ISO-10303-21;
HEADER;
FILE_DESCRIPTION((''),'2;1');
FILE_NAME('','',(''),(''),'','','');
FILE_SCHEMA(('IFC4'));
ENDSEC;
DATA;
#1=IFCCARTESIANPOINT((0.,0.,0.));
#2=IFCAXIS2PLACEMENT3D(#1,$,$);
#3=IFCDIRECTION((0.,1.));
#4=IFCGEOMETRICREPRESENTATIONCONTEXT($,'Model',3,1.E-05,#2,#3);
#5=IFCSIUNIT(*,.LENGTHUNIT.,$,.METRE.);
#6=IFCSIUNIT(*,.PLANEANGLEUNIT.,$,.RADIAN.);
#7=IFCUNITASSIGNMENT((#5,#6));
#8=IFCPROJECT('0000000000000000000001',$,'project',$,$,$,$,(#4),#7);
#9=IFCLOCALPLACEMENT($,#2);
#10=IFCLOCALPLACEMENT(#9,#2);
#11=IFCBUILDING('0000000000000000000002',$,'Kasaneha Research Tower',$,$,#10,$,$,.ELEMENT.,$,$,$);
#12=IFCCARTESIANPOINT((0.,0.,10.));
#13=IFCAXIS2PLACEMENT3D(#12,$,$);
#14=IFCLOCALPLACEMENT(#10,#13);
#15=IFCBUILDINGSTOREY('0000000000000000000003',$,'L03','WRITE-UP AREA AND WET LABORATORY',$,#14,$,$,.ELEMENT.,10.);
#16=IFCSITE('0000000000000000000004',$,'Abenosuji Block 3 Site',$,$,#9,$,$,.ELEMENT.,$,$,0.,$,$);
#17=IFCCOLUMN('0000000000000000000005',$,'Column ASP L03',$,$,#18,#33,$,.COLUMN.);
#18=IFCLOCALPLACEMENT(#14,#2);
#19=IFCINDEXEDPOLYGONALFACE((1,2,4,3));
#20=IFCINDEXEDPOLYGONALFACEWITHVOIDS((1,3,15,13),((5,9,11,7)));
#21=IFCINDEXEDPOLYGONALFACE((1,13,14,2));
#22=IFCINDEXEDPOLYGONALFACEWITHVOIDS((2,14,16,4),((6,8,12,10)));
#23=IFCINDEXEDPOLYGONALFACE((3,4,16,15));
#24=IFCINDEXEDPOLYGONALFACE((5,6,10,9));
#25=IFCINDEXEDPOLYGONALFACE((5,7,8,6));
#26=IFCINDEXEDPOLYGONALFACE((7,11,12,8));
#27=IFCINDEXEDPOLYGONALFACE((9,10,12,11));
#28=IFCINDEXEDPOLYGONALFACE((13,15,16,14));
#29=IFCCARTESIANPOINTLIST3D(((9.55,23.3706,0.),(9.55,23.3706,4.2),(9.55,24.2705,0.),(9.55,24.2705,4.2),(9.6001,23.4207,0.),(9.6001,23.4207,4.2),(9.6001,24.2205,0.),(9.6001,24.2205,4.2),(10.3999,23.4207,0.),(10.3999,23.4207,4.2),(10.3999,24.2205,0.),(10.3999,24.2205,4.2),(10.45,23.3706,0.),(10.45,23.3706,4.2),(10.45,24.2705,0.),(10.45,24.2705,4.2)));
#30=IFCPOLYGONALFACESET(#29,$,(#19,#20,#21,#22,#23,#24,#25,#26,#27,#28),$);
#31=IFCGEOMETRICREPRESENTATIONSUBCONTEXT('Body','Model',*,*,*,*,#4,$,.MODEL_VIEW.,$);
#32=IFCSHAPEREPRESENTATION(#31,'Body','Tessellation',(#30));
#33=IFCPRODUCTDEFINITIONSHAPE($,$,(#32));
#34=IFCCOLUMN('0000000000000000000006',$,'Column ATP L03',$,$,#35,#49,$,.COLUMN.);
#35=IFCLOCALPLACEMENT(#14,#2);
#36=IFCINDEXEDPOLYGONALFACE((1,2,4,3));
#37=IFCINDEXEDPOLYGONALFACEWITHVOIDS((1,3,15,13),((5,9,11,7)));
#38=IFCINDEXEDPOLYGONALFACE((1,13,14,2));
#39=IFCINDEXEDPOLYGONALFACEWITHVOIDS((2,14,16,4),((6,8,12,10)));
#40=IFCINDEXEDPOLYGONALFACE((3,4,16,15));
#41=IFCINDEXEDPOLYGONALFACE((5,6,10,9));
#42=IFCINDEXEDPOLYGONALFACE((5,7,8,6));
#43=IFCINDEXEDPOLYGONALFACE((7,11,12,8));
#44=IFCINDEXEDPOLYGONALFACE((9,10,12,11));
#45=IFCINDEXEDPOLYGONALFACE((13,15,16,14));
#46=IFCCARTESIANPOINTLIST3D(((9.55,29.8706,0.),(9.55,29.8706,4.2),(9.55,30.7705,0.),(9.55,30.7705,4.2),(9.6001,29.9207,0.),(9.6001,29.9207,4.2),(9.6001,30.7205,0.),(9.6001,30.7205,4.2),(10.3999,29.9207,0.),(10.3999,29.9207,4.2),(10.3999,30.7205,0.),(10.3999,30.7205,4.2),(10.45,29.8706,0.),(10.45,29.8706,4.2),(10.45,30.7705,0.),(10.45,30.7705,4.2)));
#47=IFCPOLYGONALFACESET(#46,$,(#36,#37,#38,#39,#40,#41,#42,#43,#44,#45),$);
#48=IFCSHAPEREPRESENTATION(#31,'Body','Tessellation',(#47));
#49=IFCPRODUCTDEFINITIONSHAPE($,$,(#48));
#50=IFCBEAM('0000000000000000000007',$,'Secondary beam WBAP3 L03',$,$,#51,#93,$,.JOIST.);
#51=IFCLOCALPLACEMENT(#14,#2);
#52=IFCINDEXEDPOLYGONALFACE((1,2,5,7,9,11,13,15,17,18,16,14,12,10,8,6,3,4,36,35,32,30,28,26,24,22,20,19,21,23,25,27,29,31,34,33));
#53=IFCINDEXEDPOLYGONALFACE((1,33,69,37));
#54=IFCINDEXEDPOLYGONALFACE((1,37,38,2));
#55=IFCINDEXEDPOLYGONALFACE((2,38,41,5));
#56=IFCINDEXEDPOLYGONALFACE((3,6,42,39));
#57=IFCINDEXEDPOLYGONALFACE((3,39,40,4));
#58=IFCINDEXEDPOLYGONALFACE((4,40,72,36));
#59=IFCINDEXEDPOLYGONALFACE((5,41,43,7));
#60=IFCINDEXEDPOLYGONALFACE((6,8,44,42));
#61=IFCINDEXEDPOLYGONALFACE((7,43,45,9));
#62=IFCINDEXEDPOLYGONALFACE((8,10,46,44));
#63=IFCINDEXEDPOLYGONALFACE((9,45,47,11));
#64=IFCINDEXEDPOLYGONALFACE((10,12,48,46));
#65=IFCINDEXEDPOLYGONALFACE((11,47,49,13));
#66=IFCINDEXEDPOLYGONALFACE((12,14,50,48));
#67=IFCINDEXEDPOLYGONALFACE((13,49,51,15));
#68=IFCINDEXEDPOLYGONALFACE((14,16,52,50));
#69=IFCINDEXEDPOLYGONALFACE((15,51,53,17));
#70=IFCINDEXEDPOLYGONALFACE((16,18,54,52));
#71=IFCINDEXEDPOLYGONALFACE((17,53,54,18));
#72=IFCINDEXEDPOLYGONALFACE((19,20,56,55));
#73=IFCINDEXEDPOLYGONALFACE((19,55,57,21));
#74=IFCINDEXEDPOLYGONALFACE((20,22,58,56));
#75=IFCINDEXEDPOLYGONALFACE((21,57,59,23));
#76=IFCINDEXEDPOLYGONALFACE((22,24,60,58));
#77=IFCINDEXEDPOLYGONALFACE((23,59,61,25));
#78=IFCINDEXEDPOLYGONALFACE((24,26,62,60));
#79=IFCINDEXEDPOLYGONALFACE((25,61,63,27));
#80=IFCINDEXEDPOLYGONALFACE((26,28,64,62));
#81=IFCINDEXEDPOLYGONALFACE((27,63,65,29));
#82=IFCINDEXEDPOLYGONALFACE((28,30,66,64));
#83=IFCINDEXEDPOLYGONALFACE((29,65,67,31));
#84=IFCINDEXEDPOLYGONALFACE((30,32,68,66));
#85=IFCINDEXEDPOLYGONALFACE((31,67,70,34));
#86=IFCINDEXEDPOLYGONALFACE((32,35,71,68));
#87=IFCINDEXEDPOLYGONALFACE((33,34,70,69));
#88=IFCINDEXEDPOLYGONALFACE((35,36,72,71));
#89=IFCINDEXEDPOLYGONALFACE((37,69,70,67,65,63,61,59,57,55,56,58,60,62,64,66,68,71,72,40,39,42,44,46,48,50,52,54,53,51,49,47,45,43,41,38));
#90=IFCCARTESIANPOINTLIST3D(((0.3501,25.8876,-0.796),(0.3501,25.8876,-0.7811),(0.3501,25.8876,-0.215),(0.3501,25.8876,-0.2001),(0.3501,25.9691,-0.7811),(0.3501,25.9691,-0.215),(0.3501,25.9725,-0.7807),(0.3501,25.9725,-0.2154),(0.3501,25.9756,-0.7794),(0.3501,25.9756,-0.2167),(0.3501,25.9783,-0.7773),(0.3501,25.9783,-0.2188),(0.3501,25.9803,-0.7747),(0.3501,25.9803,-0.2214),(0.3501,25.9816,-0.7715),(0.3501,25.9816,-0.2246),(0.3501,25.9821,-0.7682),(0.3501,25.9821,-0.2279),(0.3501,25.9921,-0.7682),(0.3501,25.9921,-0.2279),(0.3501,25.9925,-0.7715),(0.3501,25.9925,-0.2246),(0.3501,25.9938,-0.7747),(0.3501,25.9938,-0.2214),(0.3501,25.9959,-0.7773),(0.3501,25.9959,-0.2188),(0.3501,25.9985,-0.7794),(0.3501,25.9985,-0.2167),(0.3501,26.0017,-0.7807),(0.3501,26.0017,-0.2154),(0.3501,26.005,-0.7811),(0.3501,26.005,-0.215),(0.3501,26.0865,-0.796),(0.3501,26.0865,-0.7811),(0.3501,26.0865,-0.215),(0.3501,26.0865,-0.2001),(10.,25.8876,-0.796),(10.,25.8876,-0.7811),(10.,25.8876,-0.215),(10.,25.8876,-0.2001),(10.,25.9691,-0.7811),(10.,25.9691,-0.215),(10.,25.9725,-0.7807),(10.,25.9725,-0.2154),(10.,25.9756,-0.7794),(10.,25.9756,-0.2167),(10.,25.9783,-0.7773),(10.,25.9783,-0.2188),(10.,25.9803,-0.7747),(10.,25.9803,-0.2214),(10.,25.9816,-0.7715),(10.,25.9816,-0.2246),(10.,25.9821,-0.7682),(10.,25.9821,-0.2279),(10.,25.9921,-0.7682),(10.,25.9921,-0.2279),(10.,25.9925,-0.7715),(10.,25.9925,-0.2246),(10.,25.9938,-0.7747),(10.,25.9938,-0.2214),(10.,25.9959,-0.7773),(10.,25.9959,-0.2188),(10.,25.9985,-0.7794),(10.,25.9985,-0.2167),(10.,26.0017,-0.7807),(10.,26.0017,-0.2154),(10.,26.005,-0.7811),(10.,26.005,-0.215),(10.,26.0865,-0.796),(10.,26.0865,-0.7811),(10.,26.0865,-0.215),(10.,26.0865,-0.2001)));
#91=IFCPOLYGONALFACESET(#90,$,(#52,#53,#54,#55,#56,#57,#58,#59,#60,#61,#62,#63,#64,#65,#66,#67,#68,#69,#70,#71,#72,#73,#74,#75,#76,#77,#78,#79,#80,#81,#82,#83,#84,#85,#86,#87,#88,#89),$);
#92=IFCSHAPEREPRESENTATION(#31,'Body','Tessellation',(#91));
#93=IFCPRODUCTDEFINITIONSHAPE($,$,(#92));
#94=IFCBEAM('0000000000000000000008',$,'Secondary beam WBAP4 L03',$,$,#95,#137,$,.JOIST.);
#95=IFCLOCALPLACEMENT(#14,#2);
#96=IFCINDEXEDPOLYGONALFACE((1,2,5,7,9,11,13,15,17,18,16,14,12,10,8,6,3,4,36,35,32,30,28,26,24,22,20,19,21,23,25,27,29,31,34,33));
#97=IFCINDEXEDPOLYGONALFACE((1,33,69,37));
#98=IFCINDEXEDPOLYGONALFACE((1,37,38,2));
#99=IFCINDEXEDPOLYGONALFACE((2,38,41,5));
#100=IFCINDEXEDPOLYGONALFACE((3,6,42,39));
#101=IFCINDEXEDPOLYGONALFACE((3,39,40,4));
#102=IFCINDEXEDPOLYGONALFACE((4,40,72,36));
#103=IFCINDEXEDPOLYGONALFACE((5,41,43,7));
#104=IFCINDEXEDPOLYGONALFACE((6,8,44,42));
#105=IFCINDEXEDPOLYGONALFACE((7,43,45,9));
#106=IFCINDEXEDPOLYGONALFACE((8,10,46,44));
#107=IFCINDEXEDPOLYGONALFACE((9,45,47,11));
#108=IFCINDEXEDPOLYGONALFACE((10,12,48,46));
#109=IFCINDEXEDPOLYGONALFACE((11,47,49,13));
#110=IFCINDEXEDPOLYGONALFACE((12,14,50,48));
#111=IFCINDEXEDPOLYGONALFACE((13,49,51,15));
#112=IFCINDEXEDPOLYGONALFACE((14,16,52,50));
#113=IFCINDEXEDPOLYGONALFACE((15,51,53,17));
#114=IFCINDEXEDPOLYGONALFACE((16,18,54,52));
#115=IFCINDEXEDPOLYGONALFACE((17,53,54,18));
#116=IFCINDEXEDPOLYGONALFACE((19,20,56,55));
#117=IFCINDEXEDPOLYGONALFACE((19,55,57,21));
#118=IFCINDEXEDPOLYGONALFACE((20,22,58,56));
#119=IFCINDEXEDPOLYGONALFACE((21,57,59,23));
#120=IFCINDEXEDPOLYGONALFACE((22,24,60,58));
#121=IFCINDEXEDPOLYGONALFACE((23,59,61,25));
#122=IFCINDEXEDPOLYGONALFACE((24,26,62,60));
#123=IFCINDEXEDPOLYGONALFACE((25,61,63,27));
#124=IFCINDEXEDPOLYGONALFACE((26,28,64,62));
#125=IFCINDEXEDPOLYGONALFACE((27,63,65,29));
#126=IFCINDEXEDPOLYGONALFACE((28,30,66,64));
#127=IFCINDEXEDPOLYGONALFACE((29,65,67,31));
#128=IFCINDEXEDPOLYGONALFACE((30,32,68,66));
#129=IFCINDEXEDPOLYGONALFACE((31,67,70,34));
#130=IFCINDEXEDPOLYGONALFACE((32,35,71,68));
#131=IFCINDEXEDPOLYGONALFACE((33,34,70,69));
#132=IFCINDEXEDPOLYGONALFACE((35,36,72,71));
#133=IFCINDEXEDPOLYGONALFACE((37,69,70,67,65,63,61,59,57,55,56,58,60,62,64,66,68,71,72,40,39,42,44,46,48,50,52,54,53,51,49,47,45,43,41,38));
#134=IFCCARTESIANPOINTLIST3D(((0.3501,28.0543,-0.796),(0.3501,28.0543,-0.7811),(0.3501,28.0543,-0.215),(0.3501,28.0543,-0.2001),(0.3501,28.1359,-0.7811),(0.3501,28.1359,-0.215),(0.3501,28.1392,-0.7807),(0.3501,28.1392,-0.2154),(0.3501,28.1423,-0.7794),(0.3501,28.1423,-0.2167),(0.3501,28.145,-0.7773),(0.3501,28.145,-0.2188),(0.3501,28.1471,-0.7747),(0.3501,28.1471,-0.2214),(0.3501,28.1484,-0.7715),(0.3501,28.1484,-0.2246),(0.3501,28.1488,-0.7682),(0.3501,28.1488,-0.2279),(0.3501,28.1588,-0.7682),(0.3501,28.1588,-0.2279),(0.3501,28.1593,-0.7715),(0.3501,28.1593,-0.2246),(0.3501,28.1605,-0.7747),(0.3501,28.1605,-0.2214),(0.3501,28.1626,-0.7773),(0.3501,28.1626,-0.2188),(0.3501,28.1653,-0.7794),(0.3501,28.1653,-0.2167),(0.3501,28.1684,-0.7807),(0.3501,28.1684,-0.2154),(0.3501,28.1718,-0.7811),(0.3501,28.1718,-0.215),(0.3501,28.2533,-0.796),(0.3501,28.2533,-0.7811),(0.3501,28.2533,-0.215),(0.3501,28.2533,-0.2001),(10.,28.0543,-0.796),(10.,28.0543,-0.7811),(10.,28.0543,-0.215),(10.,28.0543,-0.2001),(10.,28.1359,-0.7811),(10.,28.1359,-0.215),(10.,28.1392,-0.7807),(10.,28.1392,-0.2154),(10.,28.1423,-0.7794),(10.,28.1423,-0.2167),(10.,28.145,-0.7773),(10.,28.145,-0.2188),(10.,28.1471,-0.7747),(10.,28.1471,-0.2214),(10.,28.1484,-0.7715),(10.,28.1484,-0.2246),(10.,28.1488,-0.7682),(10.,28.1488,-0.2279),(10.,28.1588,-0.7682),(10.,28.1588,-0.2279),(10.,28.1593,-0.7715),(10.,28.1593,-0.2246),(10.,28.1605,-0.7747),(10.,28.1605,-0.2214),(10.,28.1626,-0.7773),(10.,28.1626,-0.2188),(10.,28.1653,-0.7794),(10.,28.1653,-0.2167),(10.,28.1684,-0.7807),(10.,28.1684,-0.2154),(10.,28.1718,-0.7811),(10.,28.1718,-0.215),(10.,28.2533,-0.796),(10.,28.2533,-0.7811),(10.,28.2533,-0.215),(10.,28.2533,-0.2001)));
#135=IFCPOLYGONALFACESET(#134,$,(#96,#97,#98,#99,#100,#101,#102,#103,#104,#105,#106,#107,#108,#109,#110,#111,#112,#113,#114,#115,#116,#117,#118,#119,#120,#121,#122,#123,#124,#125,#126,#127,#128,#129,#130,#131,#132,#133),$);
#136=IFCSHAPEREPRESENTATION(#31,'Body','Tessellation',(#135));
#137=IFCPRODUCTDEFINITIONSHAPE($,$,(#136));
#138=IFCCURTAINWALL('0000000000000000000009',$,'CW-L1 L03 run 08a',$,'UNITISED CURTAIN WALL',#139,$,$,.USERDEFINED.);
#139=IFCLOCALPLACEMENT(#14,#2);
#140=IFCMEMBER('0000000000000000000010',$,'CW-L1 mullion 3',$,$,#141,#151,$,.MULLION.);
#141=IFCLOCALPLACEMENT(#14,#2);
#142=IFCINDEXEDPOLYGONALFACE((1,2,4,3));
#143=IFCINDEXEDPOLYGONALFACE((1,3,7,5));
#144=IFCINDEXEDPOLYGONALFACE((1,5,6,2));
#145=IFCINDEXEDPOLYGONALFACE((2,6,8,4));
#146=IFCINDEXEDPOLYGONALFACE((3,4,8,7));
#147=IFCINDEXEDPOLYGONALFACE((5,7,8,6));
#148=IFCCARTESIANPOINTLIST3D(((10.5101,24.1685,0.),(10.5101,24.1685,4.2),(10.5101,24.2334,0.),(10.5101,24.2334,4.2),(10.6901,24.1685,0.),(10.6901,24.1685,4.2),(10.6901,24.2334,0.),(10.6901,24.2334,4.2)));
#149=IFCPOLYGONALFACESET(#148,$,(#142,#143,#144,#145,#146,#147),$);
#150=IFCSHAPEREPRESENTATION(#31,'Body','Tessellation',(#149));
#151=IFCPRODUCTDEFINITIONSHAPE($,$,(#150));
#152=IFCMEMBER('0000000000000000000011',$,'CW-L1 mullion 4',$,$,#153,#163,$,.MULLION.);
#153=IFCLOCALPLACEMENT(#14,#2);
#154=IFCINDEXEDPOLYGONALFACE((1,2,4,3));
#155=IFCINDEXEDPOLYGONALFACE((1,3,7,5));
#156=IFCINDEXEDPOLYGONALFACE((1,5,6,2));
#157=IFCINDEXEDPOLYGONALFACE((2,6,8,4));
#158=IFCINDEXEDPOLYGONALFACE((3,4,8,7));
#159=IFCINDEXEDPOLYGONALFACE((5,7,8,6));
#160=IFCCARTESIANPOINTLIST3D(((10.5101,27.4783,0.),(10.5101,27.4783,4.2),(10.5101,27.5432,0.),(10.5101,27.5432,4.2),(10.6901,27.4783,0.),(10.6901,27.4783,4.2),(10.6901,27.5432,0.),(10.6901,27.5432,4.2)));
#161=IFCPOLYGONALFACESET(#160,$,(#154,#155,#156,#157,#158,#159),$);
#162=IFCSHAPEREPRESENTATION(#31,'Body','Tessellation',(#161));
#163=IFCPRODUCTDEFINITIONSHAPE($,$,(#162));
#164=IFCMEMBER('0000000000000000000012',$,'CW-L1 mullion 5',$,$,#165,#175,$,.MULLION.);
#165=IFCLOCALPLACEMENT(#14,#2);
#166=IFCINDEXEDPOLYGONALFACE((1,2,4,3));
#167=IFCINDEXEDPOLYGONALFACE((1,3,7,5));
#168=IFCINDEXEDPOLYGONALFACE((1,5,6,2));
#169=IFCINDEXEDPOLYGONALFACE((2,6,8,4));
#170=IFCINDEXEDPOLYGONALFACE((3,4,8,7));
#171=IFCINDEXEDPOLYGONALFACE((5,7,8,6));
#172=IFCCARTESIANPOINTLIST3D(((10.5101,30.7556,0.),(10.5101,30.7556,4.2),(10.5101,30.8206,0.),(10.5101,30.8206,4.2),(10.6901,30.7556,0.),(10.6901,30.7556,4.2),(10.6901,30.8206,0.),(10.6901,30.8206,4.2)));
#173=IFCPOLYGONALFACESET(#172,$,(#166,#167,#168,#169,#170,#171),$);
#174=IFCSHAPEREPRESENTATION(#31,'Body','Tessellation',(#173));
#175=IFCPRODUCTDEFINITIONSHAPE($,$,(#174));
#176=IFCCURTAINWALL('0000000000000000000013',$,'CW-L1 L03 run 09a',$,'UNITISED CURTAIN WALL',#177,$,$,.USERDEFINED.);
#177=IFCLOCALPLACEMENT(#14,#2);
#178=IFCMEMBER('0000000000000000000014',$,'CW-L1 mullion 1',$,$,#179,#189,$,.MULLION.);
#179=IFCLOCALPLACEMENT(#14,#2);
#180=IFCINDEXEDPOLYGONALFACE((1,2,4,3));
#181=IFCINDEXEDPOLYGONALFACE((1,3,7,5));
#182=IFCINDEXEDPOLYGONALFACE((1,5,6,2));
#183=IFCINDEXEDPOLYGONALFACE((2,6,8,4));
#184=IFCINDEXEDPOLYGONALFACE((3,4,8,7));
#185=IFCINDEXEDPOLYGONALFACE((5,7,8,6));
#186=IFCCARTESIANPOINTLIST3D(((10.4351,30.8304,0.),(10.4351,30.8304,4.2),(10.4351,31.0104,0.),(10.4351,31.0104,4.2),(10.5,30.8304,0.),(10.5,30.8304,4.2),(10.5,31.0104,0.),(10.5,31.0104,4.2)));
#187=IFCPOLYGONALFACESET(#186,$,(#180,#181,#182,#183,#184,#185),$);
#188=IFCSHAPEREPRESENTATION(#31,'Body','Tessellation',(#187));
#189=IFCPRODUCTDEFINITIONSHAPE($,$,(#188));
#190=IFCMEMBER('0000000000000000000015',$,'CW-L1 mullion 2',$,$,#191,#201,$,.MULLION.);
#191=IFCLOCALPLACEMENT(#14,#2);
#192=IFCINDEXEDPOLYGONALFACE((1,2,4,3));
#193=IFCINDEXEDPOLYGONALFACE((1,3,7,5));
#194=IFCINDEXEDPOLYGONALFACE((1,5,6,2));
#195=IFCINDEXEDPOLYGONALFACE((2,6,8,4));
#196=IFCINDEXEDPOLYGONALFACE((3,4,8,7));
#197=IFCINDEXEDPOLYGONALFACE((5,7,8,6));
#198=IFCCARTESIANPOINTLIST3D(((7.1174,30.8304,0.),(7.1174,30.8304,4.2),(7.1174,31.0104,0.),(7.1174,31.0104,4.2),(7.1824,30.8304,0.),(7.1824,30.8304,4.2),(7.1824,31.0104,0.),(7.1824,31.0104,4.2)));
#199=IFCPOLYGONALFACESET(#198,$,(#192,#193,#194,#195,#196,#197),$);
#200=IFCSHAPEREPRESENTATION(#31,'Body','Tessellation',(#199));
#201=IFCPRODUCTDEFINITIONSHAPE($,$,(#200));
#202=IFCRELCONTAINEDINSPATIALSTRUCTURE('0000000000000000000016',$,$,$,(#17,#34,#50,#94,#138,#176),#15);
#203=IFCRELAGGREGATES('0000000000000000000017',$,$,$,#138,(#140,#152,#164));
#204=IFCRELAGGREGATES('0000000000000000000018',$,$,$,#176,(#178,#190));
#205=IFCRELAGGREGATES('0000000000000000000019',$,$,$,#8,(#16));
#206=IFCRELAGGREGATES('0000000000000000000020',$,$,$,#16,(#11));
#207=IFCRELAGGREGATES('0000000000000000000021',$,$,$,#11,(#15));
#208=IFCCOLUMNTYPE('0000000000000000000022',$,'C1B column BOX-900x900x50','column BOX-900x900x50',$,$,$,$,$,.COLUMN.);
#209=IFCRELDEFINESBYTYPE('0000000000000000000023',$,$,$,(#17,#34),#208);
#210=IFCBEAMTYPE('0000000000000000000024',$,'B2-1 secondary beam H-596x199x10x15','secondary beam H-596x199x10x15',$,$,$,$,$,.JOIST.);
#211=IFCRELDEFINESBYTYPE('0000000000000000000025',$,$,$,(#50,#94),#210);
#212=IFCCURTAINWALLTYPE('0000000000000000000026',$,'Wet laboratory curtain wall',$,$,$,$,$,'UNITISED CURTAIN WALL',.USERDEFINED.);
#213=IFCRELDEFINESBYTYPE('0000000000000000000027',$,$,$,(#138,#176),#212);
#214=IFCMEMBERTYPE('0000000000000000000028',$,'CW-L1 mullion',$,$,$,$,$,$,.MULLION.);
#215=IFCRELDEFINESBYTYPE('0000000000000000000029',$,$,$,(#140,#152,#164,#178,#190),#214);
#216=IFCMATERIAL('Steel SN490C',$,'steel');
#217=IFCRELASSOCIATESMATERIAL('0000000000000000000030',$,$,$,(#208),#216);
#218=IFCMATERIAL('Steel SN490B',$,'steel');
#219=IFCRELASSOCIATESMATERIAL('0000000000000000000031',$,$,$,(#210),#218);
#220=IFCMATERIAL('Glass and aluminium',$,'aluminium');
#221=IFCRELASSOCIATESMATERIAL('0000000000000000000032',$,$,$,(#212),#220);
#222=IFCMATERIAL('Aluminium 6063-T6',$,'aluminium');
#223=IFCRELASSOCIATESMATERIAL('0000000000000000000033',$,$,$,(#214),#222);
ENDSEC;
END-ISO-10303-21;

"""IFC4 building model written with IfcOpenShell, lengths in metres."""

from ifc_helpers import new_model, si_unit, direction, frame, origin, origin_2d, place, context, subcontext, project, spatial, rectangle, hollow_rectangle, i_section, extrude, material, material_profile, profile_set, type_object, element, aggregate, save


model = new_model("IFC4")

# Units and contexts
model_context = context("Model", 3, precision=1e-05, world=origin(), true_north=direction((0.0, 1.0)))
body_context = subcontext(model_context, "Body", "Model", "MODEL_VIEW")
ifc_project = project(units=[si_unit("LENGTHUNIT", "METRE"), si_unit("PLANEANGLEUNIT", "RADIAN")], contexts=[model_context])

# Site, building, storey
site_placement = place(None, origin())
site = spatial("IfcSite", under=ifc_project, at=site_placement, Name="Abenosuji Block 3 Site", CompositionType="ELEMENT", RefElevation=0.0)
building_placement = place(site_placement, origin())
building = spatial("IfcBuilding", under=site, at=building_placement, Name="Kasaneha Research Tower", CompositionType="ELEMENT")
storey_placement = place(building_placement, frame((0.0, 0.0, 10.0)))
storey = spatial("IfcBuildingStorey", under=building, at=storey_placement, Name="L03", Description="WRITE-UP AREA AND WET LABORATORY", CompositionType="ELEMENT", Elevation=10.0)

# Columns
ifc_material_1 = material(Name="Steel SN490C", Category="steel")
ifc_material_profile_1 = material_profile(ifc_material_1, hollow_rectangle(XDim=0.8999, YDim=0.8999, WallThickness=0.05, at=origin_2d()), Name="BOX-900x900x50")
ifc_profile_set_1 = profile_set([ifc_material_profile_1], Name="Steel SN490C")
column_type = type_object("IfcColumnType", Name="C1B column BOX-900x900x50", Description="column BOX-900x900x50", PredefinedType="COLUMN", material=ifc_profile_set_1)
for number, where, z_axis, x_axis, name in (
    (1, (10.0, 23.8206, 0.0), (0.0, 0.0, 1.0), (1.0, 0.0, 0.0), "Column ASP L03"),
    (2, (10.0, 30.3206, 0.0), (0.0, 0.0, 1.0), (1.0, 0.0, 0.0), "Column ATP L03"),
):
    element("IfcColumn", number, at=place(storey_placement, frame(where, z_axis=z_axis, x_axis=x_axis)), inside=storey, type_object=column_type, Name=name, PredefinedType="COLUMN", context=body_context, shape_type="SweptSolid", body=[
        extrude(hollow_rectangle(XDim=0.8999, YDim=0.8999, WallThickness=0.05, at=origin_2d()), origin(), (0.0, 0.0, 1.0), 4.2),
    ])

# Beams
ifc_material_2 = material(Name="Steel SN490B", Category="steel")
ifc_material_profile_2 = material_profile(ifc_material_2, i_section(OverallWidth=0.199, OverallDepth=0.5959, WebThickness=0.01, FlangeThickness=0.0149, FilletRadius=0.0129, at=origin_2d()), Name="H-596x199x10x15")
ifc_profile_set_2 = profile_set([ifc_material_profile_2], Name="Steel SN490B")
beam_type_1 = type_object("IfcBeamType", Name="B2-1 secondary beam H-596x199x10x15", Description="secondary beam H-596x199x10x15", PredefinedType="JOIST", material=ifc_profile_set_2)
for number, where, z_axis, x_axis, name in (
    (3, (10.0, 25.9871, -0.498), (-1.0, 0.0, 0.0), (0.0, -1.0, 0.0), "Secondary beam WBAP3 L03"),
    (4, (10.0, 28.1538, -0.498), (-1.0, 0.0, 0.0), (0.0, -1.0, 0.0), "Secondary beam WBAP4 L03"),
):
    element("IfcBeam", number, at=place(storey_placement, frame(where, z_axis=z_axis, x_axis=x_axis)), inside=storey, type_object=beam_type_1, Name=name, PredefinedType="JOIST", context=body_context, shape_type="SweptSolid", body=[
        extrude(i_section(OverallWidth=0.199, OverallDepth=0.5959, WebThickness=0.01, FlangeThickness=0.0149, FilletRadius=0.0129, at=origin_2d()), origin(), (0.0, 0.0, 1.0), 9.6499),
    ])

# Curtain walls, members
ifc_material_3 = material(Name="Glass and aluminium", Category="aluminium")
curtain_wall_type = type_object("IfcCurtainWallType", Name="Wet laboratory curtain wall", ElementType="UNITISED CURTAIN WALL", PredefinedType="USERDEFINED", material=ifc_material_3)
curtain_wall_1_placement = place(storey_placement, origin())
curtain_wall_1 = element("IfcCurtainWall", 5, at=curtain_wall_1_placement, inside=storey, type_object=curtain_wall_type, Name="CW-L1 L03 run 08a", ObjectType="UNITISED CURTAIN WALL", PredefinedType="USERDEFINED")
ifc_material_4 = material(Name="Aluminium 6063-T6", Category="aluminium")
ifc_material_profile_3 = material_profile(ifc_material_4, rectangle(XDim=0.0649, YDim=0.1799, at=origin_2d()), Name="CW-L1 mullion 65x180")
ifc_profile_set_3 = profile_set([ifc_material_profile_3], Name="Aluminium 6063-T6")
member_type_1 = type_object("IfcMemberType", Name="CW-L1 mullion", PredefinedType="MULLION", material=ifc_profile_set_3)
member_1_placement = place(storey_placement, frame((10.6001, 24.2009, 0.0), z_axis=(0.0, 0.0, 1.0), x_axis=(0.0, 1.0, 0.0)))
member_1 = element("IfcMember", 6, at=member_1_placement, type_object=member_type_1, Name="CW-L1 mullion 3", PredefinedType="MULLION", context=body_context, shape_type="SweptSolid", body=[
    extrude(rectangle(XDim=0.0649, YDim=0.1799, at=origin_2d()), origin(), (0.0, 0.0, 1.0), 4.2),
])
member_2_placement = place(storey_placement, frame((10.6001, 27.5107, 0.0), z_axis=(0.0, 0.0, 1.0), x_axis=(0.0, 1.0, 0.0)))
member_2 = element("IfcMember", 7, at=member_2_placement, type_object=member_type_1, Name="CW-L1 mullion 4", PredefinedType="MULLION", context=body_context, shape_type="SweptSolid", body=[
    extrude(rectangle(XDim=0.0649, YDim=0.1799, at=origin_2d()), origin(), (0.0, 0.0, 1.0), 4.2),
])
member_3_placement = place(storey_placement, frame((10.6001, 30.7881, 0.0), z_axis=(0.0, 0.0, 1.0), x_axis=(0.0, 1.0, 0.0)))
member_3 = element("IfcMember", 8, at=member_3_placement, type_object=member_type_1, Name="CW-L1 mullion 5", PredefinedType="MULLION", context=body_context, shape_type="SweptSolid", body=[
    extrude(rectangle(XDim=0.0649, YDim=0.1799, at=origin_2d()), origin(), (0.0, 0.0, 1.0), 4.2),
])
curtain_wall_2_placement = place(storey_placement, origin())
curtain_wall_2 = element("IfcCurtainWall", 9, at=curtain_wall_2_placement, inside=storey, type_object=curtain_wall_type, Name="CW-L1 L03 run 09a", ObjectType="UNITISED CURTAIN WALL", PredefinedType="USERDEFINED")
member_4_placement = place(storey_placement, frame((10.4675, 30.9204, 0.0), z_axis=(0.0, 0.0, 1.0), x_axis=(-1.0, 0.0, 0.0)))
member_4 = element("IfcMember", 10, at=member_4_placement, type_object=member_type_1, Name="CW-L1 mullion 1", PredefinedType="MULLION", context=body_context, shape_type="SweptSolid", body=[
    extrude(rectangle(XDim=0.0649, YDim=0.1799, at=origin_2d()), origin(), (0.0, 0.0, 1.0), 4.2),
])
member_5_placement = place(storey_placement, frame((7.1499, 30.9204, 0.0), z_axis=(0.0, 0.0, 1.0), x_axis=(-1.0, 0.0, 0.0)))
member_5 = element("IfcMember", 11, at=member_5_placement, type_object=member_type_1, Name="CW-L1 mullion 2", PredefinedType="MULLION", context=body_context, shape_type="SweptSolid", body=[
    extrude(rectangle(XDim=0.0649, YDim=0.1799, at=origin_2d()), origin(), (0.0, 0.0, 1.0), 4.2),
])

aggregate(curtain_wall_1, [member_1, member_2, member_3])
aggregate(curtain_wall_2, [member_4, member_5])

save(model, "model.ifc")
